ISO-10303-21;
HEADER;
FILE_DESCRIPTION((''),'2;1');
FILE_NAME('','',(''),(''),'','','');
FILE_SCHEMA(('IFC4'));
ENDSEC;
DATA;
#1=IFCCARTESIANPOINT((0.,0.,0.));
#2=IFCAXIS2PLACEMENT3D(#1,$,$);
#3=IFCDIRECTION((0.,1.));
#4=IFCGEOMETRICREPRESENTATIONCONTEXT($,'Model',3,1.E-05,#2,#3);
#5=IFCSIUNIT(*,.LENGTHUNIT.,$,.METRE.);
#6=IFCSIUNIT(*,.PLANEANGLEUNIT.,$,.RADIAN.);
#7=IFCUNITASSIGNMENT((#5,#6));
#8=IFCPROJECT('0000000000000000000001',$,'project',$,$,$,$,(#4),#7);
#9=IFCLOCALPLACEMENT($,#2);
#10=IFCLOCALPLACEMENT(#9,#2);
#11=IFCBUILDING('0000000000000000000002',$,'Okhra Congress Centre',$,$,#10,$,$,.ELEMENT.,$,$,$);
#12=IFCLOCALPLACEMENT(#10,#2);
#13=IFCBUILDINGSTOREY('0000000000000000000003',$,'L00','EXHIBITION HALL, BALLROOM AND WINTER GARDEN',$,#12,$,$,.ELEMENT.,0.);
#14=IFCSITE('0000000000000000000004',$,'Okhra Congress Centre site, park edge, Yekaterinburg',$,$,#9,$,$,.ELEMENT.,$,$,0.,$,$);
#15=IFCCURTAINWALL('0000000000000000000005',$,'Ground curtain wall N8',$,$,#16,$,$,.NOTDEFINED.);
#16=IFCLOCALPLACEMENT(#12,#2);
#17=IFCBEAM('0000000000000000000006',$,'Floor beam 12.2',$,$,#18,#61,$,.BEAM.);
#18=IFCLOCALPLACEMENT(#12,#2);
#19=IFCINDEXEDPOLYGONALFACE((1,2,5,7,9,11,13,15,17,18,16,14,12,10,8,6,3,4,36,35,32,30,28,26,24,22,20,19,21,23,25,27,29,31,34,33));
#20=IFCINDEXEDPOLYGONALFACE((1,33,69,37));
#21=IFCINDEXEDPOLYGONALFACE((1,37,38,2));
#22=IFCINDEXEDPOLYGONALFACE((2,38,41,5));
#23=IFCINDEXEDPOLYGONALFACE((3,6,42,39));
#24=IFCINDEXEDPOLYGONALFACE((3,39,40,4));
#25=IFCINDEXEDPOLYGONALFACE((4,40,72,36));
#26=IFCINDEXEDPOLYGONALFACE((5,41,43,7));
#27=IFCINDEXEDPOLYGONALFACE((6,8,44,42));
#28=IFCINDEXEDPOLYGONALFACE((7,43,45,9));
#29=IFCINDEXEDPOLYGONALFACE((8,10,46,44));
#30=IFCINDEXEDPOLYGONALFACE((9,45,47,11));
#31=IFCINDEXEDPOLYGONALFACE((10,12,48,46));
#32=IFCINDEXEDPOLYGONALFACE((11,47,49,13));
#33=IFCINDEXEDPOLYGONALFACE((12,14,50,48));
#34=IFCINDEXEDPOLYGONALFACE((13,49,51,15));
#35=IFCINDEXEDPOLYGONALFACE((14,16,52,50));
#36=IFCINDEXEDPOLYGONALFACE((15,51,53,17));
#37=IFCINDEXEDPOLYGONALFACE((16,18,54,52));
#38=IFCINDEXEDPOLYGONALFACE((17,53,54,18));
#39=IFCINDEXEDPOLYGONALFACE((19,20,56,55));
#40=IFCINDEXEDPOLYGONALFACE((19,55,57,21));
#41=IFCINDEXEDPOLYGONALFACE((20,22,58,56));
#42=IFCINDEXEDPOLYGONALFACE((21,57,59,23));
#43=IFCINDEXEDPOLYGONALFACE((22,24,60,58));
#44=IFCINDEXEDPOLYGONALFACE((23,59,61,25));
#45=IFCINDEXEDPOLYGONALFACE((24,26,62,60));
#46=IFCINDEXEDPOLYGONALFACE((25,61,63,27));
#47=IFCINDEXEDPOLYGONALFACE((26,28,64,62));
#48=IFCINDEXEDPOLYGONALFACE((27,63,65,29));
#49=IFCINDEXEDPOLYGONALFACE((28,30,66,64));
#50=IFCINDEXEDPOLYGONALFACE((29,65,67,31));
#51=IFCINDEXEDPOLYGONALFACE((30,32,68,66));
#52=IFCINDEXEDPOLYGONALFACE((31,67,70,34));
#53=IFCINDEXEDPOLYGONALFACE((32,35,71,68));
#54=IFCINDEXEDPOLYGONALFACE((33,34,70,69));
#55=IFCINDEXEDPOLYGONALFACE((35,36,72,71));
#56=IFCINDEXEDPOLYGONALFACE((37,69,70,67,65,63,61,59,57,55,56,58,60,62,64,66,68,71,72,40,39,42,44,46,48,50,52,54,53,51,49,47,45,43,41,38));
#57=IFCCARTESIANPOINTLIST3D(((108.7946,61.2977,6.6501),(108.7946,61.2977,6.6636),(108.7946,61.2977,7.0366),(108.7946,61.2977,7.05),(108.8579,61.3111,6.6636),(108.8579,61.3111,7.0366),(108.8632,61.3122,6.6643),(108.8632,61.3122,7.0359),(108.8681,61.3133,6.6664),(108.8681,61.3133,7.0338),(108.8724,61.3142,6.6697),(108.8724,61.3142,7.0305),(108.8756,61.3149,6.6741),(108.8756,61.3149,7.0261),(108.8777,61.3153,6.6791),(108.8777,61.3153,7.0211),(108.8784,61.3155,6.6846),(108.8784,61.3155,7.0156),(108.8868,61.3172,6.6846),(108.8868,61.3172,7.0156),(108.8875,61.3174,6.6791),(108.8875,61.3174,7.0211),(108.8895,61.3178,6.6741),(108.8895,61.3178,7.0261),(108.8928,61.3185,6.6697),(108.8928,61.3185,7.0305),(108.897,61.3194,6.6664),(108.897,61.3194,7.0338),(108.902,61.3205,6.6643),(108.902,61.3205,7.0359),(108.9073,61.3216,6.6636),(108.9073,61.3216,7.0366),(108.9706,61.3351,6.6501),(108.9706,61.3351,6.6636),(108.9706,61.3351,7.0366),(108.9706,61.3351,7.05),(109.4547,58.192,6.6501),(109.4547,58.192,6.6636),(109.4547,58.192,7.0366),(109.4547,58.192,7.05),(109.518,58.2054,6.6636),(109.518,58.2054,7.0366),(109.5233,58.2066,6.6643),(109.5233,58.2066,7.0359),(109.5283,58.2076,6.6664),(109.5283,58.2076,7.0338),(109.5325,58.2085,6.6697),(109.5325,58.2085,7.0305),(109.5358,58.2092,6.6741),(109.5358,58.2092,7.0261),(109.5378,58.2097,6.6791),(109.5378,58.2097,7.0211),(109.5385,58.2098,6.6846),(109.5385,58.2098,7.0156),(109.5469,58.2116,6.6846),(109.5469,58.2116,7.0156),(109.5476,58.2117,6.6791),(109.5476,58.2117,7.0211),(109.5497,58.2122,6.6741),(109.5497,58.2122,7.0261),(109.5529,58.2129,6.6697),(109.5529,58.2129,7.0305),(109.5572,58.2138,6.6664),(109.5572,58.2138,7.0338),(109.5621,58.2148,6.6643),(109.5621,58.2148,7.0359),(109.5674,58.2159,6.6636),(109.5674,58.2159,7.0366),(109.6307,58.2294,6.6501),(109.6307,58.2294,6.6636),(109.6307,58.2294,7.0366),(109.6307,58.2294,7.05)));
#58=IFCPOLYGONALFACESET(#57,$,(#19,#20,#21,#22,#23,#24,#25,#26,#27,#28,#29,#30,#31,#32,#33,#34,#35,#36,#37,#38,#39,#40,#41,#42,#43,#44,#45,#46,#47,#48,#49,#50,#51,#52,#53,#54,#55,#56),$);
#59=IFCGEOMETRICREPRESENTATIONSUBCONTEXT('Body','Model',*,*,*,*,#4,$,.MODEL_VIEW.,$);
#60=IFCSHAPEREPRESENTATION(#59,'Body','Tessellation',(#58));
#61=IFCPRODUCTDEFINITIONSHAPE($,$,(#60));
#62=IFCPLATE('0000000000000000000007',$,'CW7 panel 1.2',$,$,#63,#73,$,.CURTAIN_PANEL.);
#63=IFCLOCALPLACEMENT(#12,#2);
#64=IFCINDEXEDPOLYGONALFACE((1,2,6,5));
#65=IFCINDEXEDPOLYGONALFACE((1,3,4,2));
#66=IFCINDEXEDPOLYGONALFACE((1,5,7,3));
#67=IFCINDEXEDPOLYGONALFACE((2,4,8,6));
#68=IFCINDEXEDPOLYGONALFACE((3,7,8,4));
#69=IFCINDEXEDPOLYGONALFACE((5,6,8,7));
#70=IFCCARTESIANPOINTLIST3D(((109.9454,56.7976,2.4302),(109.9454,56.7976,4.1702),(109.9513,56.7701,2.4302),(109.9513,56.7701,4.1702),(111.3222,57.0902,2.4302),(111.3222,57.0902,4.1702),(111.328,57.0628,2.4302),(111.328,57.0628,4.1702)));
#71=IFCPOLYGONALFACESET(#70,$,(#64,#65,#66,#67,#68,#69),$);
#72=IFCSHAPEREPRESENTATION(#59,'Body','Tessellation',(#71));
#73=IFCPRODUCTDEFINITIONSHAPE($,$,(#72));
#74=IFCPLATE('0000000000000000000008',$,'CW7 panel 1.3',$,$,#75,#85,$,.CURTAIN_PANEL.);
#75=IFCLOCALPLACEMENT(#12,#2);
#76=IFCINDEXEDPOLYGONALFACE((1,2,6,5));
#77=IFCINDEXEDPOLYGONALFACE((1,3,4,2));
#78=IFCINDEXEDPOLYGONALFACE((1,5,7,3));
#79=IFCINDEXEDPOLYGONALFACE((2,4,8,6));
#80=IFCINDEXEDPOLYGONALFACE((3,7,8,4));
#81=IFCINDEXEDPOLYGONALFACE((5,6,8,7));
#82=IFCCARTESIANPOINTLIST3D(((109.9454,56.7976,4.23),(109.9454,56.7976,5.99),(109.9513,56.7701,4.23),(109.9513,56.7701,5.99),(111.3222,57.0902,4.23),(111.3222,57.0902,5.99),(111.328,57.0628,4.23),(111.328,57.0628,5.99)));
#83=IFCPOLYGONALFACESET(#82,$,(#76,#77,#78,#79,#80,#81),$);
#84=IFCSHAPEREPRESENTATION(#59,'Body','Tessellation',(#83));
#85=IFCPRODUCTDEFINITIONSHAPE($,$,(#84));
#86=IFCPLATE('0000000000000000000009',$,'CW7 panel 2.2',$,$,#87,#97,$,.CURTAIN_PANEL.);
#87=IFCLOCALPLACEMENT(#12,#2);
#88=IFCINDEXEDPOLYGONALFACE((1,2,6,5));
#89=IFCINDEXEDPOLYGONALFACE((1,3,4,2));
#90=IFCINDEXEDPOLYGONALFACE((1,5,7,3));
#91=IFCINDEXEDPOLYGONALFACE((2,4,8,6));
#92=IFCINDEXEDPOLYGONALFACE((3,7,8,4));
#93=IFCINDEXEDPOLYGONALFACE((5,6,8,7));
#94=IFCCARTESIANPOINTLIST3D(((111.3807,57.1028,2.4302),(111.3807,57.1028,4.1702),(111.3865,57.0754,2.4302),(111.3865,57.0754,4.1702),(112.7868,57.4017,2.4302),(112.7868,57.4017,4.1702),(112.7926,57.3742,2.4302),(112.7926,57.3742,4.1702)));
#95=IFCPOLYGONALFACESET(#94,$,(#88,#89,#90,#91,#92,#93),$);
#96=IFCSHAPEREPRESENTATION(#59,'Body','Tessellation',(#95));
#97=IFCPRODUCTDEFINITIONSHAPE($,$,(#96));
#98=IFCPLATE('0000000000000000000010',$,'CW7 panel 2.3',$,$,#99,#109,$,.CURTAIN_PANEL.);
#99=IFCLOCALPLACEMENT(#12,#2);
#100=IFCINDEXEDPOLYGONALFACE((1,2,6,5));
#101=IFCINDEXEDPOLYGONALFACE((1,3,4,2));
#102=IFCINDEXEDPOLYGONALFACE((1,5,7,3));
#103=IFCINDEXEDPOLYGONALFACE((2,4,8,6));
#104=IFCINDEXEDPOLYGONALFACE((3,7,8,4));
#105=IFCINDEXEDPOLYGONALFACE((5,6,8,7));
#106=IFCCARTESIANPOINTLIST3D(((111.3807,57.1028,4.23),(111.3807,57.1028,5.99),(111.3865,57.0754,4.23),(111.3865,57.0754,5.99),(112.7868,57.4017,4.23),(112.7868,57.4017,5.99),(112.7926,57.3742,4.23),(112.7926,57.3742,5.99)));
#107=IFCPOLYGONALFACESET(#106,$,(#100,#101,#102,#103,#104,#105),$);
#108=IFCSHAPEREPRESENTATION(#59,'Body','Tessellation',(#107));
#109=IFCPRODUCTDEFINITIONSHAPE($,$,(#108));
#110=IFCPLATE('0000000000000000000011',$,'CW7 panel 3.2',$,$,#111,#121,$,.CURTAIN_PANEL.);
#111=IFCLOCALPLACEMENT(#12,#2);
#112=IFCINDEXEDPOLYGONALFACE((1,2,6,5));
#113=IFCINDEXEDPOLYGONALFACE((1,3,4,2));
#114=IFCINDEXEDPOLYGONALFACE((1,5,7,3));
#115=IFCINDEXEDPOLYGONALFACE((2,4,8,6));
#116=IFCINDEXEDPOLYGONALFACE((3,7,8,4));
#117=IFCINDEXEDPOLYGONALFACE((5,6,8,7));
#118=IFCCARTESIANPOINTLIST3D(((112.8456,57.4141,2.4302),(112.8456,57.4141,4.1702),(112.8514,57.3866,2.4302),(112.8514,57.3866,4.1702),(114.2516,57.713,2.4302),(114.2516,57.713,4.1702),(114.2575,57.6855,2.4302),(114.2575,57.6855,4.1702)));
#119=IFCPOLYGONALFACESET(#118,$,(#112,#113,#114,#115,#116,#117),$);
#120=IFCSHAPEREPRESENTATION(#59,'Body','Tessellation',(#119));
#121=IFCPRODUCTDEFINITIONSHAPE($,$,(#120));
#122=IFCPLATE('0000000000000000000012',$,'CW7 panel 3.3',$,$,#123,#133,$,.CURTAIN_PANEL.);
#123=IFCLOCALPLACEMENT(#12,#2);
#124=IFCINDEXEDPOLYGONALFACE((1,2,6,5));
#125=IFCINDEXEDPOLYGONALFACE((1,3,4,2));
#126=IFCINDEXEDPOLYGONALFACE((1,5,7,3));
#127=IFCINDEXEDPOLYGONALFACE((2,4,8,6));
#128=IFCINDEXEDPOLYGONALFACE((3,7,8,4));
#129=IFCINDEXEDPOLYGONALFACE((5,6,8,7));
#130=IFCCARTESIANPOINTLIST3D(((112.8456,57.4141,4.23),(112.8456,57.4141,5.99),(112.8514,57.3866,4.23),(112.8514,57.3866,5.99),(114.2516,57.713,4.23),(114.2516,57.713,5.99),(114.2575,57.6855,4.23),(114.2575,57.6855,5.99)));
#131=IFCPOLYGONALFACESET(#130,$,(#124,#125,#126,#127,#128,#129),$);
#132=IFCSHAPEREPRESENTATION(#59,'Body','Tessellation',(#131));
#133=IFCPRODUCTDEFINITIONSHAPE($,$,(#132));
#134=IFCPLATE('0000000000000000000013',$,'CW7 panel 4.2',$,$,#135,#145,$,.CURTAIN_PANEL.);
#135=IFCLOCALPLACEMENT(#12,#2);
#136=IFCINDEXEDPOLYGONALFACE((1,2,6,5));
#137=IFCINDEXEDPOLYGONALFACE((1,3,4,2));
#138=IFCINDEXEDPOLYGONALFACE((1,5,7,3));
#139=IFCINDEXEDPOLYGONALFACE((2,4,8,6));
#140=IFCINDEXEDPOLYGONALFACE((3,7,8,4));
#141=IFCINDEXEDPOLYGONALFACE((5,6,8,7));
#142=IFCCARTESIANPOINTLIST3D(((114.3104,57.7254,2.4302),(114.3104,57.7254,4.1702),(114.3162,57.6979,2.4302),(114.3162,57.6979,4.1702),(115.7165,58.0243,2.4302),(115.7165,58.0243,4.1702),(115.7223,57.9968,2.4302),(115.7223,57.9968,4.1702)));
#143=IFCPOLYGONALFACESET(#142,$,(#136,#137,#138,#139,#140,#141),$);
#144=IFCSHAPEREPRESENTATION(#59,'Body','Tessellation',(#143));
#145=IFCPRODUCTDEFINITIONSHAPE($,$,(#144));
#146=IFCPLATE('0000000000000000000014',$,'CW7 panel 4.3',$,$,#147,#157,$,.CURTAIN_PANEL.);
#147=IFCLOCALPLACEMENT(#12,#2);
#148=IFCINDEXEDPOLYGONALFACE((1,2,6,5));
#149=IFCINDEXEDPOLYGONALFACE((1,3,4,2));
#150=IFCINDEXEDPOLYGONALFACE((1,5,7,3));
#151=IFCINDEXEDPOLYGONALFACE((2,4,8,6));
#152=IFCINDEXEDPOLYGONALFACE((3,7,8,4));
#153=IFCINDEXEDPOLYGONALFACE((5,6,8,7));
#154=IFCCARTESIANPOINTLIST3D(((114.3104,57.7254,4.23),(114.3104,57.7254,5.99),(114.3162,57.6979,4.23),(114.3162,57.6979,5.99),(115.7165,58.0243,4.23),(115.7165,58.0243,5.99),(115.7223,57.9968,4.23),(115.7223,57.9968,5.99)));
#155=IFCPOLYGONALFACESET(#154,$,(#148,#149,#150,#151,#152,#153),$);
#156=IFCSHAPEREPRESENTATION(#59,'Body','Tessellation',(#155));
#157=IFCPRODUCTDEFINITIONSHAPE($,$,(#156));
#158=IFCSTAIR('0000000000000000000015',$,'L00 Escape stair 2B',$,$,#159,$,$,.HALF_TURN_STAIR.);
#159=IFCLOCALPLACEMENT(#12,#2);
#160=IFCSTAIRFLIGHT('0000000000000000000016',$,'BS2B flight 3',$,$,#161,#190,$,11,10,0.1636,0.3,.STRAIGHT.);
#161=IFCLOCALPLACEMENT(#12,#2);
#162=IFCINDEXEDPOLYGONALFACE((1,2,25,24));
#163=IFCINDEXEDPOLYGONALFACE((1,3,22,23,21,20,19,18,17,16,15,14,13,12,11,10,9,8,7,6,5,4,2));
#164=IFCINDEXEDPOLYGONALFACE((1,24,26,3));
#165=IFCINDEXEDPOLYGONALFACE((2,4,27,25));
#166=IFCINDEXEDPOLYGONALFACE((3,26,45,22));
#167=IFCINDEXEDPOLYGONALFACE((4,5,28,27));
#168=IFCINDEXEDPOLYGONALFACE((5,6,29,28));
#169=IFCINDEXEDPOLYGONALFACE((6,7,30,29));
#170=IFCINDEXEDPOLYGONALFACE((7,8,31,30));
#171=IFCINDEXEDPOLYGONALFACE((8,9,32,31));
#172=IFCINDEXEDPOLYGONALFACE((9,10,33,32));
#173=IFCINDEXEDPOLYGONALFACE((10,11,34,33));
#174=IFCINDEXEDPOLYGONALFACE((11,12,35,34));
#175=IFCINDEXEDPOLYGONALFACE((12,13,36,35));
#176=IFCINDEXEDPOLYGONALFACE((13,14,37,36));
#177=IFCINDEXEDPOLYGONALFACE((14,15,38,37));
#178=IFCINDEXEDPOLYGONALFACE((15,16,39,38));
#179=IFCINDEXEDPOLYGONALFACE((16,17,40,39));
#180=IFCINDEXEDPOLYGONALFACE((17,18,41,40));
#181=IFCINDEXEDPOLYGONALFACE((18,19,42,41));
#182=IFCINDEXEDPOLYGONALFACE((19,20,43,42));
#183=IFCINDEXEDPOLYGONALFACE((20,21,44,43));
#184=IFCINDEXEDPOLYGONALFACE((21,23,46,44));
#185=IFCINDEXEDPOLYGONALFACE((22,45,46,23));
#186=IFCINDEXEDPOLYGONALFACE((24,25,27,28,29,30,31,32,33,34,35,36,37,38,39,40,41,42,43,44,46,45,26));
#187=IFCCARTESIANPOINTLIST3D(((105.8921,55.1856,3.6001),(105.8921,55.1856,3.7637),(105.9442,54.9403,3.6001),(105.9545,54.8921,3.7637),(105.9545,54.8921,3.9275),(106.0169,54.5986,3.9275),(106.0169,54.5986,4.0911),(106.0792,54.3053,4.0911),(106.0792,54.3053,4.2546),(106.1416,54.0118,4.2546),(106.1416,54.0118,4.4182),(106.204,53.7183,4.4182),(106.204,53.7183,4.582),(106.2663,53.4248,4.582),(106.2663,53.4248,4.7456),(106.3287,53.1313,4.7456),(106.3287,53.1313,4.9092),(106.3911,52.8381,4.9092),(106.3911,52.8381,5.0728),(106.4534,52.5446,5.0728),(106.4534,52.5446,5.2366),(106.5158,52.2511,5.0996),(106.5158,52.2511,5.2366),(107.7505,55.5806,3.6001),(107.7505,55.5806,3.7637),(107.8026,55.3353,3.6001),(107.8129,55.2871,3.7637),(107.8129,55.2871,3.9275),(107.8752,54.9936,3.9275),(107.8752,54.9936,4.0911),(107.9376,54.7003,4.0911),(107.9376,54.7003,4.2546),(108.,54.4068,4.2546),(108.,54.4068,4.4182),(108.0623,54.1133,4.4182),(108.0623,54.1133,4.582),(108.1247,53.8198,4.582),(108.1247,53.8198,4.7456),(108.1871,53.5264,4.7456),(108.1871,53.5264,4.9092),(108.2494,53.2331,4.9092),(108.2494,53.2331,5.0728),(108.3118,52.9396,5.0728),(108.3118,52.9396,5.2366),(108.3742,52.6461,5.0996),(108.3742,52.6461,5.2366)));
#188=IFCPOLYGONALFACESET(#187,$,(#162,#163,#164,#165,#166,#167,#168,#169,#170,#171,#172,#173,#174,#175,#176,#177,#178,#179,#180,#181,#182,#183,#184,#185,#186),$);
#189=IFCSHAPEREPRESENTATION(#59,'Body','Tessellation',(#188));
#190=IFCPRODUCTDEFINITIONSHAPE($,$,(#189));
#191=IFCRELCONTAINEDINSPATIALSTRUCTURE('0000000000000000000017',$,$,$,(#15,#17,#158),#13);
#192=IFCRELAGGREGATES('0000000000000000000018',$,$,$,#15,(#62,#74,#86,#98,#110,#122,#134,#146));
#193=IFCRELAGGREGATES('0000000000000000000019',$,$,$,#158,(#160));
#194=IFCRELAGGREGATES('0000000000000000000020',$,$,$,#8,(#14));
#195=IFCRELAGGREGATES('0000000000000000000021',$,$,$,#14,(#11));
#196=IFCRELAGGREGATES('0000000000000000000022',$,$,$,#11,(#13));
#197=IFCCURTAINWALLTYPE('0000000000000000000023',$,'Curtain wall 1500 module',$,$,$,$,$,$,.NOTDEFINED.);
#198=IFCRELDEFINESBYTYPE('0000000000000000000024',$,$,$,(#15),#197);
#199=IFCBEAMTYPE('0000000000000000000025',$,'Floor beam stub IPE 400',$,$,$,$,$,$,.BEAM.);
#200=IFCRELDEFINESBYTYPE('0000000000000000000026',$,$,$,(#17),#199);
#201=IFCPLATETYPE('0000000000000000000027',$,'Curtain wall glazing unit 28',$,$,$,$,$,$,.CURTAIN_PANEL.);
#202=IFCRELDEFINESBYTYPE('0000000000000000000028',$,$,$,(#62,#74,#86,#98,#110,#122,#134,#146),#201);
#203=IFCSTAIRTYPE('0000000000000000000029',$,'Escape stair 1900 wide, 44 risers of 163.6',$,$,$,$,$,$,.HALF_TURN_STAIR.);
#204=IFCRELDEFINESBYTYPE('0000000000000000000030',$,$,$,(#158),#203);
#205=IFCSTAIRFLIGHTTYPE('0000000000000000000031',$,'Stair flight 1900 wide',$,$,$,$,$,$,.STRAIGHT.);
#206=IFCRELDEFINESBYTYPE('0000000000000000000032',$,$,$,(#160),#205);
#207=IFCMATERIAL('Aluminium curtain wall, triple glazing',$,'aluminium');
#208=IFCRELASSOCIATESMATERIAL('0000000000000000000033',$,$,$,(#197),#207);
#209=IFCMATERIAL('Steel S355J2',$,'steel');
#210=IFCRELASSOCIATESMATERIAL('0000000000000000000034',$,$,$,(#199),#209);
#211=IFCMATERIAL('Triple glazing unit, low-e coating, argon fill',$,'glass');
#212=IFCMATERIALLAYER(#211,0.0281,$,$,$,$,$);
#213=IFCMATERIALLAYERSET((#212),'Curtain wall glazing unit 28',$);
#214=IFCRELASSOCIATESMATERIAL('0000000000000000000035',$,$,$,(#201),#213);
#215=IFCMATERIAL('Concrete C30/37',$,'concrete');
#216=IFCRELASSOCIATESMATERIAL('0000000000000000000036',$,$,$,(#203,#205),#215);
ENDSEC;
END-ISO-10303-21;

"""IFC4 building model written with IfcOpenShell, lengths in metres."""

from ifc_helpers import new_model, si_unit, direction, frame, origin, origin_2d, place, context, subcontext, project, spatial, polyline, rectangle, i_section, outline, extrude, material, layer, layer_set, material_profile, profile_set, type_object, element, aggregate, save


model = new_model("IFC4")

# Units and contexts
model_context = context("Model", 3, precision=1e-05, world=origin(), true_north=direction((0.0, 1.0)))
body_context = subcontext(model_context, "Body", "Model", "MODEL_VIEW")
ifc_project = project(units=[si_unit("LENGTHUNIT", "METRE"), si_unit("PLANEANGLEUNIT", "RADIAN")], contexts=[model_context])

# Site, building, storey
site_placement = place(None, origin())
site = spatial("IfcSite", under=ifc_project, at=site_placement, Name="Okhra Congress Centre site, park edge, Yekaterinburg", CompositionType="ELEMENT", RefElevation=0.0)
building_placement = place(site_placement, origin())
building = spatial("IfcBuilding", under=site, at=building_placement, Name="Okhra Congress Centre", CompositionType="ELEMENT")
storey_placement = place(building_placement, origin())
storey = spatial("IfcBuildingStorey", under=building, at=storey_placement, Name="L00", Description="EXHIBITION HALL, BALLROOM AND WINTER GARDEN", CompositionType="ELEMENT", Elevation=0.0)

# Curtain wall
ifc_material_1 = material(Name="Aluminium curtain wall, triple glazing", Category="aluminium")
curtain_wall_type = type_object("IfcCurtainWallType", Name="Curtain wall 1500 module", PredefinedType="NOTDEFINED", material=ifc_material_1)
curtain_wall_placement = place(storey_placement, origin())
curtain_wall = element("IfcCurtainWall", 1, at=curtain_wall_placement, inside=storey, type_object=curtain_wall_type, Name="Ground curtain wall N8", PredefinedType="NOTDEFINED")

# Beam
ifc_material_2 = material(Name="Steel S355J2", Category="steel")
ifc_material_profile_1 = material_profile(ifc_material_2, i_section(OverallWidth=0.1799, OverallDepth=0.3999, WebThickness=0.0085, FlangeThickness=0.0134, FilletRadius=0.021, at=origin_2d()), Name="IPE 400")
ifc_profile_set_1 = profile_set([ifc_material_profile_1], Name="Steel S355J2")
beam_type = type_object("IfcBeamType", Name="Floor beam stub IPE 400", PredefinedType="BEAM", material=ifc_profile_set_1)
beam_placement = place(storey_placement, frame((109.5427, 58.2107, 6.8501), z_axis=(-0.207917, 0.978147, 0.0), x_axis=(-0.978147, -0.207917, 0.0)))
element("IfcBeam", 2, at=beam_placement, inside=storey, type_object=beam_type, Name="Floor beam 12.2", PredefinedType="BEAM", context=body_context, shape_type="SweptSolid", body=[
    extrude(i_section(OverallWidth=0.1799, OverallDepth=0.3999, WebThickness=0.0085, FlangeThickness=0.0134, FilletRadius=0.021, at=origin_2d()), origin(), (0.0, 0.0, 1.0), 3.175),
])

# Plates
ifc_material_3 = material(Name="Triple glazing unit, low-e coating, argon fill", Category="glass")
ifc_layer_1 = layer(ifc_material_3, 0.0281)
ifc_layer_set_1 = layer_set([ifc_layer_1], Name="Curtain wall glazing unit 28")
plate_type = type_object("IfcPlateType", Name="Curtain wall glazing unit 28", PredefinedType="CURTAIN_PANEL", material=ifc_layer_set_1)
plate_1_placement = place(storey_placement, frame((110.6367, 56.9302, 2.4302), z_axis=(0.0, 0.0, 1.0), x_axis=(0.978148, 0.207912, 0.0)))
plate_1 = element("IfcPlate", 3, at=plate_1_placement, type_object=plate_type, Name="CW7 panel 1.2", PredefinedType="CURTAIN_PANEL", context=body_context, shape_type="SweptSolid", body=[
    extrude(rectangle(XDim=1.4075, YDim=0.0281, at=origin_2d()), origin(), (0.0, 0.0, 1.0), 1.74),
])
plate_2_placement = place(storey_placement, frame((110.6367, 56.9302, 4.23), z_axis=(0.0, 0.0, 1.0), x_axis=(0.978148, 0.207912, 0.0)))
plate_2 = element("IfcPlate", 4, at=plate_2_placement, type_object=plate_type, Name="CW7 panel 1.3", PredefinedType="CURTAIN_PANEL", context=body_context, shape_type="SweptSolid", body=[
    extrude(rectangle(XDim=1.4075, YDim=0.0281, at=origin_2d()), origin(), (0.0, 0.0, 1.0), 1.76),
])
plate_3_placement = place(storey_placement, frame((112.0867, 57.2385, 2.4302), z_axis=(0.0, 0.0, 1.0), x_axis=(0.978148, 0.207912, 0.0)))
plate_3 = element("IfcPlate", 5, at=plate_3_placement, type_object=plate_type, Name="CW7 panel 2.2", PredefinedType="CURTAIN_PANEL", context=body_context, shape_type="SweptSolid", body=[
    extrude(rectangle(XDim=1.4375, YDim=0.0281, at=origin_2d()), origin(), (0.0, 0.0, 1.0), 1.74),
])
plate_4_placement = place(storey_placement, frame((112.0867, 57.2385, 4.23), z_axis=(0.0, 0.0, 1.0), x_axis=(0.978148, 0.207912, 0.0)))
plate_4 = element("IfcPlate", 6, at=plate_4_placement, type_object=plate_type, Name="CW7 panel 2.3", PredefinedType="CURTAIN_PANEL", context=body_context, shape_type="SweptSolid", body=[
    extrude(rectangle(XDim=1.4375, YDim=0.0281, at=origin_2d()), origin(), (0.0, 0.0, 1.0), 1.76),
])
plate_5_placement = place(storey_placement, frame((113.5515, 57.5498, 2.4302), z_axis=(0.0, 0.0, 1.0), x_axis=(0.978148, 0.207912, 0.0)))
plate_5 = element("IfcPlate", 7, at=plate_5_placement, type_object=plate_type, Name="CW7 panel 3.2", PredefinedType="CURTAIN_PANEL", context=body_context, shape_type="SweptSolid", body=[
    extrude(rectangle(XDim=1.4375, YDim=0.0281, at=origin_2d()), origin(), (0.0, 0.0, 1.0), 1.74),
])
plate_6_placement = place(storey_placement, frame((113.5515, 57.5498, 4.23), z_axis=(0.0, 0.0, 1.0), x_axis=(0.978148, 0.207912, 0.0)))
plate_6 = element("IfcPlate", 8, at=plate_6_placement, type_object=plate_type, Name="CW7 panel 3.3", PredefinedType="CURTAIN_PANEL", context=body_context, shape_type="SweptSolid", body=[
    extrude(rectangle(XDim=1.4375, YDim=0.0281, at=origin_2d()), origin(), (0.0, 0.0, 1.0), 1.76),
])
plate_7_placement = place(storey_placement, frame((115.0164, 57.8611, 2.4302), z_axis=(0.0, 0.0, 1.0), x_axis=(0.978148, 0.207912, 0.0)))
plate_7 = element("IfcPlate", 9, at=plate_7_placement, type_object=plate_type, Name="CW7 panel 4.2", PredefinedType="CURTAIN_PANEL", context=body_context, shape_type="SweptSolid", body=[
    extrude(rectangle(XDim=1.4375, YDim=0.0281, at=origin_2d()), origin(), (0.0, 0.0, 1.0), 1.74),
])
plate_8_placement = place(storey_placement, frame((115.0164, 57.8611, 4.23), z_axis=(0.0, 0.0, 1.0), x_axis=(0.978148, 0.207912, 0.0)))
plate_8 = element("IfcPlate", 10, at=plate_8_placement, type_object=plate_type, Name="CW7 panel 4.3", PredefinedType="CURTAIN_PANEL", context=body_context, shape_type="SweptSolid", body=[
    extrude(rectangle(XDim=1.4375, YDim=0.0281, at=origin_2d()), origin(), (0.0, 0.0, 1.0), 1.76),
])
aggregate(curtain_wall, [plate_1, plate_2, plate_3, plate_4, plate_5, plate_6, plate_7, plate_8])

# Stair, stair flight
ifc_material_4 = material(Name="Concrete C30/37", Category="concrete")
stair_type = type_object("IfcStairType", Name="Escape stair 1900 wide, 44 risers of 163.6", PredefinedType="HALF_TURN_STAIR", material=ifc_material_4)
stair_placement = place(storey_placement, origin())
stair = element("IfcStair", 11, at=stair_placement, inside=storey, type_object=stair_type, Name="L00 Escape stair 2B", PredefinedType="HALF_TURN_STAIR")
stair_flight_type = type_object("IfcStairFlightType", Name="Stair flight 1900 wide", PredefinedType="STRAIGHT", material=ifc_material_4)
stair_flight_placement = place(storey_placement, frame((106.8213, 55.3831, 3.6001), z_axis=(0.0, 0.0, 1.0), x_axis=(0.207912, -0.978148, 0.0)))
stair_flight = element("IfcStairFlight", 12, at=stair_flight_placement, type_object=stair_flight_type, Name="BS2B flight 3", NumberOfRisers=11, NumberOfTreads=10, PredefinedType="STRAIGHT", RiserHeight=0.1636, TreadLength=0.3, context=body_context, shape_type="SweptSolid", body=[
    extrude(outline(polyline([(0.0, 0.0), (0.0, 0.1636), (0.3, 0.1636), (0.3, 0.3274), (0.6001, 0.3274), (0.6001, 0.491), (0.8999, 0.491), (0.8999, 0.6545), (1.2, 0.6545), (1.2, 0.8181), (1.5, 0.8181), (1.5, 0.9819), (1.8, 0.9819), (1.8, 1.1455), (2.1001, 1.1455), (2.1001, 1.3091), (2.3999, 1.3091), (2.3999, 1.4727), (2.7, 1.4727), (2.7, 1.6365), (3.0, 1.6365), (3.0, 1.8), (3.0, 1.4995), (0.2507, 0.0), (0.0, 0.0)])), frame((0.0, 0.95, 0.0), z_axis=(0.0, -1.0, 0.0), x_axis=(1.0, 0.0, 0.0)), (0.0, 0.0, 1.0), 1.8999),
])
aggregate(stair, [stair_flight])

save(model, "model.ifc")
